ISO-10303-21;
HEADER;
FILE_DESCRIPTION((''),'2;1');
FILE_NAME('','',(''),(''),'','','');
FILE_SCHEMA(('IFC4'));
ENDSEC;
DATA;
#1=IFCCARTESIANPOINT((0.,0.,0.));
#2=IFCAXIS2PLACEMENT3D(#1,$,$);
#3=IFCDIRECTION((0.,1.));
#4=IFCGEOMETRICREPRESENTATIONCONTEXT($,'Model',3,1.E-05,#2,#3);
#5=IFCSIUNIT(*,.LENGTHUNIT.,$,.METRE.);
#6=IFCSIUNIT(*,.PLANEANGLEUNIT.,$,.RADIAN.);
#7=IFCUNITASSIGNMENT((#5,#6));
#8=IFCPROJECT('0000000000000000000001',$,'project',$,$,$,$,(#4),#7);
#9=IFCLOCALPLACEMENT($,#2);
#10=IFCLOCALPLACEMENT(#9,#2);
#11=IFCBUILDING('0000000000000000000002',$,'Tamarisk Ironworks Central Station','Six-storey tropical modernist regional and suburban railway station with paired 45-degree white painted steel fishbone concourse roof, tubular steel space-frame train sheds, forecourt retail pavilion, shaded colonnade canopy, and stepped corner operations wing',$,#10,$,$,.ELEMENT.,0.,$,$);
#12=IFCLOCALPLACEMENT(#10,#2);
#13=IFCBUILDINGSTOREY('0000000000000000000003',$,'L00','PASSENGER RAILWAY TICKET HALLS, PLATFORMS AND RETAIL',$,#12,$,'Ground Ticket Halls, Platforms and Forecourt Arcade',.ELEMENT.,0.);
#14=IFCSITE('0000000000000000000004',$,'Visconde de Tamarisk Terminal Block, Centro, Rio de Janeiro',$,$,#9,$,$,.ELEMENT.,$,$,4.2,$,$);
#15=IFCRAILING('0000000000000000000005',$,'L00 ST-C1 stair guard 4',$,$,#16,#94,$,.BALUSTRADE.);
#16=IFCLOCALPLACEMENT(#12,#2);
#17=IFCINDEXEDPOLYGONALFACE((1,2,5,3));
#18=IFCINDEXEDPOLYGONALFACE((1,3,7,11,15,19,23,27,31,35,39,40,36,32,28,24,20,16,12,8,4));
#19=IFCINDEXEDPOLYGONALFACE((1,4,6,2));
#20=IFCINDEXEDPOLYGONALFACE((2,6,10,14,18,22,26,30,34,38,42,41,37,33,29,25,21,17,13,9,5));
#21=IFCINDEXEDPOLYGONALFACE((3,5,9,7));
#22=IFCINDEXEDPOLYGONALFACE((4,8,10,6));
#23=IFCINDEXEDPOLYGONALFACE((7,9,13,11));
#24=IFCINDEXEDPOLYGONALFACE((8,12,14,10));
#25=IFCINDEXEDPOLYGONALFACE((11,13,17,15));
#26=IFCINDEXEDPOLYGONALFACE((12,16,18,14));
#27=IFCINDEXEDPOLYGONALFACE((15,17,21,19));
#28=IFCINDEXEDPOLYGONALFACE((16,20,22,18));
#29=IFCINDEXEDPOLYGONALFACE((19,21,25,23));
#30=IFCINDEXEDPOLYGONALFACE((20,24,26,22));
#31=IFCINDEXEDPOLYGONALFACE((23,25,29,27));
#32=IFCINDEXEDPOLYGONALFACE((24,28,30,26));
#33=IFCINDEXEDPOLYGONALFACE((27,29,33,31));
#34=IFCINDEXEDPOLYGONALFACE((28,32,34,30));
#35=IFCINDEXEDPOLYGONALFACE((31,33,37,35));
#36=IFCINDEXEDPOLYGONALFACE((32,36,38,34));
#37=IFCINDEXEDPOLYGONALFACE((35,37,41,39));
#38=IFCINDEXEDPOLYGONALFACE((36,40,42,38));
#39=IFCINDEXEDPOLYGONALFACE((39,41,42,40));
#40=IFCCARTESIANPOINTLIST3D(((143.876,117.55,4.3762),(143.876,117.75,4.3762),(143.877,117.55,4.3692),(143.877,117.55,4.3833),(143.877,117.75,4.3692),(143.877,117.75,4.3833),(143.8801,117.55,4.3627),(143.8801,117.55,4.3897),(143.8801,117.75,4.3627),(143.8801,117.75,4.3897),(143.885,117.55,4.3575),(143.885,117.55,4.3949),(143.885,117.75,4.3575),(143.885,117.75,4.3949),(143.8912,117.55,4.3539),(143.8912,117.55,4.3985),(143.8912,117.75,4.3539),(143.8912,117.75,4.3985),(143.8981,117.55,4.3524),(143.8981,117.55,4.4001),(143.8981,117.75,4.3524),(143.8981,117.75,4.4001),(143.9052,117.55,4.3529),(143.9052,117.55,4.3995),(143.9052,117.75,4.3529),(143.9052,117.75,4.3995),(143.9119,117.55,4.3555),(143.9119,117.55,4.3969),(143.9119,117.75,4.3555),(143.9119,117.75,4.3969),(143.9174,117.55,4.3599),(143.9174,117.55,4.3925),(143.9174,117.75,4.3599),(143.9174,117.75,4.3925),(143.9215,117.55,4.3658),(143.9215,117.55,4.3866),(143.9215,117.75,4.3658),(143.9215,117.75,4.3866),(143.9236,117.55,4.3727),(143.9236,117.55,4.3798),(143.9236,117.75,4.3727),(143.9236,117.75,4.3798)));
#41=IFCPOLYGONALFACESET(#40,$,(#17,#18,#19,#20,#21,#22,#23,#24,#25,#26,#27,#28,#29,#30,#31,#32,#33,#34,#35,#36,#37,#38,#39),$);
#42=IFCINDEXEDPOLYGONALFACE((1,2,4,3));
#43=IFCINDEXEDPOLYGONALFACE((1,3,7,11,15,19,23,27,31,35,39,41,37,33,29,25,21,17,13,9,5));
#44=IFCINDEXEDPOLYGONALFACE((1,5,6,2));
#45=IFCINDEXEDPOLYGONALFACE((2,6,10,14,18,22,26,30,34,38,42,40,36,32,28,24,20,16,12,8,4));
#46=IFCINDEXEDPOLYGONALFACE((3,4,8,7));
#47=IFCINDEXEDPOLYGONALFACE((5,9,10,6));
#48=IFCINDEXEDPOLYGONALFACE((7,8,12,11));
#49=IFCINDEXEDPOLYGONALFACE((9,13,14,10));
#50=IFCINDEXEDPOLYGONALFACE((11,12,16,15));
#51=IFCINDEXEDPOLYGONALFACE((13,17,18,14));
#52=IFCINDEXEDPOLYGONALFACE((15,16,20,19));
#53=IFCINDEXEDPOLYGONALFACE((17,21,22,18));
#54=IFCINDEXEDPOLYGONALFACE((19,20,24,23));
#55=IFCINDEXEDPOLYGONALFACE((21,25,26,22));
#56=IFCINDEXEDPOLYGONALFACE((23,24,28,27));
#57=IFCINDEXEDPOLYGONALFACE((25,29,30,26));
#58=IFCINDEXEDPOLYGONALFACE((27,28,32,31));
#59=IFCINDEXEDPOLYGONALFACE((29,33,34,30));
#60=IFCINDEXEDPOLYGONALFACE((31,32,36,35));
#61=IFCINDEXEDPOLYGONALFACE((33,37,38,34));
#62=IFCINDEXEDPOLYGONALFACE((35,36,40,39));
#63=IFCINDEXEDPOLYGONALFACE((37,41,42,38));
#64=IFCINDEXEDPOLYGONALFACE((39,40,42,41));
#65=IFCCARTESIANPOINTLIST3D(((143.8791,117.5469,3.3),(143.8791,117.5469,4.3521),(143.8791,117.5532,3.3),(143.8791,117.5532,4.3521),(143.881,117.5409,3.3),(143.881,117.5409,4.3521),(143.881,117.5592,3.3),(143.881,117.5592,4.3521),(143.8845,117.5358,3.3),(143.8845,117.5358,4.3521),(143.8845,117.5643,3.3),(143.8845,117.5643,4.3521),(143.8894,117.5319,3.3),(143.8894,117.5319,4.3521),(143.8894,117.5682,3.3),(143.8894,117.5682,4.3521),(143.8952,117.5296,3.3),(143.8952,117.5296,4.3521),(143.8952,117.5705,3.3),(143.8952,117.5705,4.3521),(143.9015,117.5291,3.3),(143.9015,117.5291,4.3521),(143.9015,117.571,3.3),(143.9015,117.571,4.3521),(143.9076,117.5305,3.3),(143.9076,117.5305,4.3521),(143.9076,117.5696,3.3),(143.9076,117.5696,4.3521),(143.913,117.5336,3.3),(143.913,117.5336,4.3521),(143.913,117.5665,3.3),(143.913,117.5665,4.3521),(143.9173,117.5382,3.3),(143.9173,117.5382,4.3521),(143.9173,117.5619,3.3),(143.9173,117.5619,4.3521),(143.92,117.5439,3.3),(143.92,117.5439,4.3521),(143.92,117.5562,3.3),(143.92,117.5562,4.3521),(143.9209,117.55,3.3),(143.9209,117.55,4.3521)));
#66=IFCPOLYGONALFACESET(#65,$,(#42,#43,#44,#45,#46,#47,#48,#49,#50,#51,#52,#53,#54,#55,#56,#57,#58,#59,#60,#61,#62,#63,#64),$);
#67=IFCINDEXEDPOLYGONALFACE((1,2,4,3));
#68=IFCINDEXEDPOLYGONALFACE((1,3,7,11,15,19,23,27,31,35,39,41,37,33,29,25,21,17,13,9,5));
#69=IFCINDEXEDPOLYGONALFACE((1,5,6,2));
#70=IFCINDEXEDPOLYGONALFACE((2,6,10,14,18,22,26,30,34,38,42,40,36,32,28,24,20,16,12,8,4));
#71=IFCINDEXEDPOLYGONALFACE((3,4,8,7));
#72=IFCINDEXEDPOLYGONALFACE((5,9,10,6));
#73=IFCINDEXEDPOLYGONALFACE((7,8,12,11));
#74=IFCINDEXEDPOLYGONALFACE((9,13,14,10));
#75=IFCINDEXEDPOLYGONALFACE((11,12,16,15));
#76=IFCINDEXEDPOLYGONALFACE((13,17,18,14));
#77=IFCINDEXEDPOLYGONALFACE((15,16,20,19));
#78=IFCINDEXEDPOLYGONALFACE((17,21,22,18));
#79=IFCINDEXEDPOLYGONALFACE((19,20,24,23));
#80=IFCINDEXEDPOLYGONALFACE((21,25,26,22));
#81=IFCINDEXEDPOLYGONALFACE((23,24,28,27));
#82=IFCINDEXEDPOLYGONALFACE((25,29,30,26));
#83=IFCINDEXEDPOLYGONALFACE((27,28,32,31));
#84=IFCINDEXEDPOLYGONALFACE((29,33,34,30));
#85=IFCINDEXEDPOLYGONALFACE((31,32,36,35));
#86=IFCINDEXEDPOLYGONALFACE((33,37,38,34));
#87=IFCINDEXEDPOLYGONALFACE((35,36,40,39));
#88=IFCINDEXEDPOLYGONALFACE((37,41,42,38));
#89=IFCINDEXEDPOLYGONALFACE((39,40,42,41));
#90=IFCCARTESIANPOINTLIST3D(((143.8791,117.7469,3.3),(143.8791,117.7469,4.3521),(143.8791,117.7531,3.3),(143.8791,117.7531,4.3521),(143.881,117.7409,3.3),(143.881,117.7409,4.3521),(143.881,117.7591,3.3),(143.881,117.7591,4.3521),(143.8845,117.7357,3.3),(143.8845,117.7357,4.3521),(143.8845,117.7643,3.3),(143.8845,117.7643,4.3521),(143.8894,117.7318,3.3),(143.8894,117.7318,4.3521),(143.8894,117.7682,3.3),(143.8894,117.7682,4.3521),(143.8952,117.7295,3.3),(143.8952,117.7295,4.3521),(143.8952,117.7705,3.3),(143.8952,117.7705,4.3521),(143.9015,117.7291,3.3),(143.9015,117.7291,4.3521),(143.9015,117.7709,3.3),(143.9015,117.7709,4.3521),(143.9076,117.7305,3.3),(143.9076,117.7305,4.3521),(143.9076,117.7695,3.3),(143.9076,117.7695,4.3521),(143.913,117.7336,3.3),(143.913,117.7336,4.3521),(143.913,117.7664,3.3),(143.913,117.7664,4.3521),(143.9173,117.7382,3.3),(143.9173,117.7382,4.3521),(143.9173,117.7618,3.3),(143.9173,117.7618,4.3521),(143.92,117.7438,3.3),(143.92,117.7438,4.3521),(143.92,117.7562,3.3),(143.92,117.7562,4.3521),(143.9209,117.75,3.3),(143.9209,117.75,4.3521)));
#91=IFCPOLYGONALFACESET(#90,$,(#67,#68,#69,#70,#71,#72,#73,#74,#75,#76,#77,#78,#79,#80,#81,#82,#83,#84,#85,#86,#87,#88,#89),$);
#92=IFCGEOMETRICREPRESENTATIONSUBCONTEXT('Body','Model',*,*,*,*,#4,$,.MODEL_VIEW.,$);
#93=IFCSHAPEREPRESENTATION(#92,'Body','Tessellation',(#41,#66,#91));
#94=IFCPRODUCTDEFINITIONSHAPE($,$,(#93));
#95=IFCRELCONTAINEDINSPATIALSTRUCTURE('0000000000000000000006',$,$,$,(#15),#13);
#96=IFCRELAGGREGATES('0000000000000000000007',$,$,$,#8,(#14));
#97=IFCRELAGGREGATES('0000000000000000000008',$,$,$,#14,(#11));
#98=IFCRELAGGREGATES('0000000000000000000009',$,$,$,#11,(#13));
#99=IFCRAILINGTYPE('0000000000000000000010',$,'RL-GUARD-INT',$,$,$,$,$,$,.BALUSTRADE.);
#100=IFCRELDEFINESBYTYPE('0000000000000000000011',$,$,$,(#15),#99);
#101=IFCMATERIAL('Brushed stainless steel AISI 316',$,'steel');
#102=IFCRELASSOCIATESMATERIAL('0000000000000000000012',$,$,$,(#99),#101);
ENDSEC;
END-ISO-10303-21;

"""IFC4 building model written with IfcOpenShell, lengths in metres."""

from ifc_helpers import new_model, si_unit, direction, frame, origin, origin_2d, place, context, subcontext, project, spatial, circle, extrude, material, type_object, element, save


model = new_model("IFC4")

# Units and contexts
model_context = context("Model", 3, precision=1e-05, world=origin(), true_north=direction((0.0, 1.0)))
body_context = subcontext(model_context, "Body", "Model", "MODEL_VIEW")
ifc_project = project(units=[si_unit("LENGTHUNIT", "METRE"), si_unit("PLANEANGLEUNIT", "RADIAN")], contexts=[model_context])

# Site, building, storey
site_placement = place(None, origin())
site = spatial("IfcSite", under=ifc_project, at=site_placement, Name="Visconde de Tamarisk Terminal Block, Centro, Rio de Janeiro", CompositionType="ELEMENT", RefElevation=4.2)
building_placement = place(site_placement, origin())
building = spatial("IfcBuilding", under=site, at=building_placement, Name="Tamarisk Ironworks Central Station", Description="Six-storey tropical modernist regional and suburban railway station with paired 45-degree white painted steel fishbone concourse roof, tubular steel space-frame train sheds, forecourt retail pavilion, shaded colonnade canopy, and stepped corner operations wing", CompositionType="ELEMENT", ElevationOfRefHeight=0.0)
storey_placement = place(building_placement, origin())
storey = spatial("IfcBuildingStorey", under=building, at=storey_placement, Name="L00", Description="PASSENGER RAILWAY TICKET HALLS, PLATFORMS AND RETAIL", LongName="Ground Ticket Halls, Platforms and Forecourt Arcade", CompositionType="ELEMENT", Elevation=0.0)

# Railing
ifc_material_1 = material(Name="Brushed stainless steel AISI 316", Category="steel")
railing_type = type_object("IfcRailingType", Name="RL-GUARD-INT", PredefinedType="BALUSTRADE", material=ifc_material_1)
railing_placement = place(storey_placement, frame((143.8999, 117.55, 3.3)))
element("IfcRailing", 1, at=railing_placement, inside=storey, type_object=railing_type, Name="L00 ST-C1 stair guard 4", PredefinedType="BALUSTRADE", context=body_context, shape_type="SweptSolid", body=[
    extrude(circle(Radius=0.0239, at=origin_2d()), frame((0.0, 0.0, 1.0762), z_axis=(0.0, 1.0, 0.0), x_axis=(-1.0, 0.0, 0.0)), (0.0, 0.0, 1.0), 0.2),
    extrude(circle(Radius=0.021, at=origin_2d()), origin(), (0.0, 0.0, 1.0), 1.052),
    extrude(circle(Radius=0.021, at=origin_2d()), frame((0.0, 0.2, 0.0)), (0.0, 0.0, 1.0), 1.052),
])

save(model, "model.ifc")
